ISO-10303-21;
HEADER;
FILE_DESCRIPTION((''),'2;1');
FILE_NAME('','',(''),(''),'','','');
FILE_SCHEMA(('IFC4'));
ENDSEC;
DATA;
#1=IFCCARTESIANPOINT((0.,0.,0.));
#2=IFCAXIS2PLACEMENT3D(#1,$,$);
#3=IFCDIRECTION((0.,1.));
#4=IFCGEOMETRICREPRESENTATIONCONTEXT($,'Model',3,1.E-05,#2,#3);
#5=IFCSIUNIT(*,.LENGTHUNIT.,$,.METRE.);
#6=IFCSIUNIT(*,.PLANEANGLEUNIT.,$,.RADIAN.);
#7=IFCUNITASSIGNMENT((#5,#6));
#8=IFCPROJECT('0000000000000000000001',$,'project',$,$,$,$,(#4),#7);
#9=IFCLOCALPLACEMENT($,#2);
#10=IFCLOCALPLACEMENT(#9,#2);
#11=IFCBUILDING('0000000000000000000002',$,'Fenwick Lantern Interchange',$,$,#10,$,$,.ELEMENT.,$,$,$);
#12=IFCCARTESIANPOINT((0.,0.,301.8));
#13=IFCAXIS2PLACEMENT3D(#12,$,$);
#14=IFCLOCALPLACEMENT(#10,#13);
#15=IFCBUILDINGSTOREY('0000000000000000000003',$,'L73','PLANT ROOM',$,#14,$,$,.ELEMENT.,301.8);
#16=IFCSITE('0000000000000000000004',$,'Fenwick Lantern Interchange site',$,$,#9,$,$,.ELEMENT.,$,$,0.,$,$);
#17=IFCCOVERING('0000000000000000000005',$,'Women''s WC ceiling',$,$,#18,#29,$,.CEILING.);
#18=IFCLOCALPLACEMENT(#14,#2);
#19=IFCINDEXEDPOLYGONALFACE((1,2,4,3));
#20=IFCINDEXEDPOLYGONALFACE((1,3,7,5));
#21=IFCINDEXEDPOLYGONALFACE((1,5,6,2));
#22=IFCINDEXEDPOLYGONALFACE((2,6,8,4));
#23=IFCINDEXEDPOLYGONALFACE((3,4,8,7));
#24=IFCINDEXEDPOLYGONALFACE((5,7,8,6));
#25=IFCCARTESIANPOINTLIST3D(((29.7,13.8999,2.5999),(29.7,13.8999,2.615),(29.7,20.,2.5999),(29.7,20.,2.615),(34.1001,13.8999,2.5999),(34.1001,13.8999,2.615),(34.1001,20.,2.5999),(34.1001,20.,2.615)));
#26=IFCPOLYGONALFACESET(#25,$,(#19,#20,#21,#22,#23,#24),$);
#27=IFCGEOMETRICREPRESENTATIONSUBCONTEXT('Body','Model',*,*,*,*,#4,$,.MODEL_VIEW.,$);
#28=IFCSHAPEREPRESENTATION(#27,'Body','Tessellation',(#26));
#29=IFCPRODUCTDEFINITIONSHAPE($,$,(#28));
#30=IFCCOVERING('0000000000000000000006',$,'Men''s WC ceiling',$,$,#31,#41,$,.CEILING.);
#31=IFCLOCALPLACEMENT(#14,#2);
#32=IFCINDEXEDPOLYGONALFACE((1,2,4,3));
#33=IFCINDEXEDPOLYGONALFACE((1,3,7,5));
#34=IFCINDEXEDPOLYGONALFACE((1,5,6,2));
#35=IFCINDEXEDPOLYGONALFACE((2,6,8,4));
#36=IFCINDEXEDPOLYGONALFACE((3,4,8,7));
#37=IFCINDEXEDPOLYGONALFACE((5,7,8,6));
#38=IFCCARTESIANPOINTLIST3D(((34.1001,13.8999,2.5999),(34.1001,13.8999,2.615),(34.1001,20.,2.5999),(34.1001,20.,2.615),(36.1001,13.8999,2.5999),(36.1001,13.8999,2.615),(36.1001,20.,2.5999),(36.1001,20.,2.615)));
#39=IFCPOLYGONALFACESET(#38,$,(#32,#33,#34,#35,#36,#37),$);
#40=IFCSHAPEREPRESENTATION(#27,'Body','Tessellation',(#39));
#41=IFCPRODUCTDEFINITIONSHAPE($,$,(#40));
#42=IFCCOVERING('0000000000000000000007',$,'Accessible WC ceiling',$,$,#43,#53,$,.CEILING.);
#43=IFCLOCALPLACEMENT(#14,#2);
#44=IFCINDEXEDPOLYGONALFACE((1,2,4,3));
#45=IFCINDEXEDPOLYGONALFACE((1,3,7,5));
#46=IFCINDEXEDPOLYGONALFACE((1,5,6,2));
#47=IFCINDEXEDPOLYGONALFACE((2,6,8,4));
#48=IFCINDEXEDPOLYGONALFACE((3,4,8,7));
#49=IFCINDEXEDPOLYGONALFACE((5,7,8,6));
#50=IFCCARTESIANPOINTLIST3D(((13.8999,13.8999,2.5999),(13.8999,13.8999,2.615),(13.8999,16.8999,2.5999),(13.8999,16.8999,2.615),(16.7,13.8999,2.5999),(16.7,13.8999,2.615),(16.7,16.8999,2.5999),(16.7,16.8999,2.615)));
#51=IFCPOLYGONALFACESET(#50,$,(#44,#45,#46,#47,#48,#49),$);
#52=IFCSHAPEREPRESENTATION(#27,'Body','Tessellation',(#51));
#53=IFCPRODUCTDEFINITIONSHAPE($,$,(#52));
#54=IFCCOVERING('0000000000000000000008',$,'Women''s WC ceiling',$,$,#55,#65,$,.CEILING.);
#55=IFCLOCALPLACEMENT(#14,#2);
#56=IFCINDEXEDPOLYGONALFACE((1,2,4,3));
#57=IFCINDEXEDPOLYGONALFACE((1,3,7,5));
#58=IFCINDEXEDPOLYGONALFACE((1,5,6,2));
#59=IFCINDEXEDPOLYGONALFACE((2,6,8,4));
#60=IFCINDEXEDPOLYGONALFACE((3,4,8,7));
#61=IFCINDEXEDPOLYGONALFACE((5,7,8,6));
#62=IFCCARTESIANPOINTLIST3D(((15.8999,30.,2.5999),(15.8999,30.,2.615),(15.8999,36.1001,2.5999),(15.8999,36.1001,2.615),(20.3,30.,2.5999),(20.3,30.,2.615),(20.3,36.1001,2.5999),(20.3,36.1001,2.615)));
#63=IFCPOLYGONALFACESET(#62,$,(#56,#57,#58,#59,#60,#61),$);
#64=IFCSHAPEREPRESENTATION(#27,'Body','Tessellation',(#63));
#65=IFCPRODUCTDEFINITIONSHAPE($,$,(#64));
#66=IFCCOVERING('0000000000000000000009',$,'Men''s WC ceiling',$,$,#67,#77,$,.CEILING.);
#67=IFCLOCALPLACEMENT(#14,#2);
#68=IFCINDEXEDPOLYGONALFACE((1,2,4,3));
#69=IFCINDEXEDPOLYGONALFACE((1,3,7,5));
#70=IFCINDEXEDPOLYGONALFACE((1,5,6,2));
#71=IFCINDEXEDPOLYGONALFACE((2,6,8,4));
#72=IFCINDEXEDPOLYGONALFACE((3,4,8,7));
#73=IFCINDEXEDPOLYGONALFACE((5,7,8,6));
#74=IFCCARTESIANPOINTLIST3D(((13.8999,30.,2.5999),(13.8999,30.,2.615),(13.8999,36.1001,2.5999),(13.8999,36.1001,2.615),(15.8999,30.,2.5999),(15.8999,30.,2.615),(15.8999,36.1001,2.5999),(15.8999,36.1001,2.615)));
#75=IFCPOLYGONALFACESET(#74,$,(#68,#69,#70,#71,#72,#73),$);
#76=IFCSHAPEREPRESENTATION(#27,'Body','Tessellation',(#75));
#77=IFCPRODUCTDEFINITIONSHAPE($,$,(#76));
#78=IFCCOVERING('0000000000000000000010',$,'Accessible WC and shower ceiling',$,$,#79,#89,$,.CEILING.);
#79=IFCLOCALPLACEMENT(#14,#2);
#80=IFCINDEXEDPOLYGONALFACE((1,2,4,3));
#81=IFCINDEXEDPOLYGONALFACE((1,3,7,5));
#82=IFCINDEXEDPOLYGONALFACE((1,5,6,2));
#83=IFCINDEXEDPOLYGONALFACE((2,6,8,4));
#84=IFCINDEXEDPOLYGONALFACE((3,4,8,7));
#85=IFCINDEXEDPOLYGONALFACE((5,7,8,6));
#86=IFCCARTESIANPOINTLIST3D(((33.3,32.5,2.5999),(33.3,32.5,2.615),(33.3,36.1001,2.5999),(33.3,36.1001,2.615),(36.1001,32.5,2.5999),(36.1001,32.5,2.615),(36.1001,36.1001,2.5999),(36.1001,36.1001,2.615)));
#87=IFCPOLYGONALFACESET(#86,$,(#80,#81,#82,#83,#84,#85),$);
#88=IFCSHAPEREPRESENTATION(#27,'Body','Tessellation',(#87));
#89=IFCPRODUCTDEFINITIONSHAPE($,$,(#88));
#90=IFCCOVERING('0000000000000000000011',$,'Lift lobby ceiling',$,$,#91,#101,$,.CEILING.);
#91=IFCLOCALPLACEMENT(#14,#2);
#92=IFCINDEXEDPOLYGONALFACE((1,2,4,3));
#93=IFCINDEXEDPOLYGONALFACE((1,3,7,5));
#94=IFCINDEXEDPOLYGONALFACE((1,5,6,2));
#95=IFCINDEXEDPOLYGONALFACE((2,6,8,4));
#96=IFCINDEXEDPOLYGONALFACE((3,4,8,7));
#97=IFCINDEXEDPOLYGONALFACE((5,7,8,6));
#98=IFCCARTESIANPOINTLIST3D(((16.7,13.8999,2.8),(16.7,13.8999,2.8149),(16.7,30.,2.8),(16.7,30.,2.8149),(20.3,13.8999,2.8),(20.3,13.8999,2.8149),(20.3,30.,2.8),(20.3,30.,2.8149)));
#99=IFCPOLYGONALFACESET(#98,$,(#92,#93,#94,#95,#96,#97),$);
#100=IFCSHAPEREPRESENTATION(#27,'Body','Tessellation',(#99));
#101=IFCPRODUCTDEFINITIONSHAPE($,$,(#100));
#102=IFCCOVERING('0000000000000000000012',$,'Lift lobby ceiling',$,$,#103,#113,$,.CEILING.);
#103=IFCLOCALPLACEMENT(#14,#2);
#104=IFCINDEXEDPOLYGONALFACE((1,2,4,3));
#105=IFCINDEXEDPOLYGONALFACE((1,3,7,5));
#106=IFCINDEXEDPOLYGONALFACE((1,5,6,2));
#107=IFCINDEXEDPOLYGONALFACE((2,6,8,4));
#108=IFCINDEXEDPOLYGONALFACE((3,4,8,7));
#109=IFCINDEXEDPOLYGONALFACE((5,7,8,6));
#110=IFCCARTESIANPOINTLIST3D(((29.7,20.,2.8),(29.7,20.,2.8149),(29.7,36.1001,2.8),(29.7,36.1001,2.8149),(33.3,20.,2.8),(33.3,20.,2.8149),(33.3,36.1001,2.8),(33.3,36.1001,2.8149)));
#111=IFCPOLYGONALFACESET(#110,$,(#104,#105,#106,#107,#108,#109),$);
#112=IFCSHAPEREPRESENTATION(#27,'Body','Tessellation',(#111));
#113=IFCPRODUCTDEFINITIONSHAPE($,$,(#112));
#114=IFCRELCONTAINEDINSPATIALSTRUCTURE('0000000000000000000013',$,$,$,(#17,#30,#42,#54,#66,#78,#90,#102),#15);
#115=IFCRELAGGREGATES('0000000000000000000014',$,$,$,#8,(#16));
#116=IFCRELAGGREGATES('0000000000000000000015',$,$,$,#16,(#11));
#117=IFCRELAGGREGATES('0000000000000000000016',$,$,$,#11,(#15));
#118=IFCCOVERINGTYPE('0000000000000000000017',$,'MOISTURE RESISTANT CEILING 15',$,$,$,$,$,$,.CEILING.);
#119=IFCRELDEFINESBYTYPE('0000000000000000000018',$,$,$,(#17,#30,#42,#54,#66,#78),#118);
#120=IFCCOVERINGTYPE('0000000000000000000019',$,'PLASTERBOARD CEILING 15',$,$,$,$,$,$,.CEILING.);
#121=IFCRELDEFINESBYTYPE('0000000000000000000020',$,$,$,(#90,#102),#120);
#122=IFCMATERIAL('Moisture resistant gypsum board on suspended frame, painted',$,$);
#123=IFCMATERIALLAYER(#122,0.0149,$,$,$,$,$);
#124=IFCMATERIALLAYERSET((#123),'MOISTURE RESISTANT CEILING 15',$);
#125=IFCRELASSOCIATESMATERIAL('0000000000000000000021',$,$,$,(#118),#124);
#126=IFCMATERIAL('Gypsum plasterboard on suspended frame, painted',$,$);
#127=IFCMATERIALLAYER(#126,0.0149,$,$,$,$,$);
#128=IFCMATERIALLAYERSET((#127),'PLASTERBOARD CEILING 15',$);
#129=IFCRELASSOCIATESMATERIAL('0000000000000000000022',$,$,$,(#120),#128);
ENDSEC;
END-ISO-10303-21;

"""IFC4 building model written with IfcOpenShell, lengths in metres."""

from ifc_helpers import new_model, si_unit, direction, frame, origin, place, context, subcontext, project, spatial, polyline, outline, extrude, material, layer, layer_set, type_object, element, save


model = new_model("IFC4")

# Units and contexts
model_context = context("Model", 3, precision=1e-05, world=origin(), true_north=direction((0.0, 1.0)))
body_context = subcontext(model_context, "Body", "Model", "MODEL_VIEW")
ifc_project = project(units=[si_unit("LENGTHUNIT", "METRE"), si_unit("PLANEANGLEUNIT", "RADIAN")], contexts=[model_context])

# Site, building, storey
site_placement = place(None, origin())
site = spatial("IfcSite", under=ifc_project, at=site_placement, Name="Fenwick Lantern Interchange site", CompositionType="ELEMENT", RefElevation=0.0)
building_placement = place(site_placement, origin())
building = spatial("IfcBuilding", under=site, at=building_placement, Name="Fenwick Lantern Interchange", CompositionType="ELEMENT")
storey_placement = place(building_placement, frame((0.0, 0.0, 301.8)))
storey = spatial("IfcBuildingStorey", under=building, at=storey_placement, Name="L73", Description="PLANT ROOM", CompositionType="ELEMENT", Elevation=301.8)

# Coverings
ifc_material_1 = material(Name="Moisture resistant gypsum board on suspended frame, painted")
ifc_layer_1 = layer(ifc_material_1, 0.0149)
ifc_layer_set_1 = layer_set([ifc_layer_1], Name="MOISTURE RESISTANT CEILING 15")
covering_type_1 = type_object("IfcCoveringType", Name="MOISTURE RESISTANT CEILING 15", PredefinedType="CEILING", material=ifc_layer_set_1)
covering_1_placement = place(storey_placement, frame((0.0, 0.0, 2.5999)))
element("IfcCovering", 1, at=covering_1_placement, inside=storey, type_object=covering_type_1, Name="Women's WC ceiling", PredefinedType="CEILING", context=body_context, shape_type="SweptSolid", body=[
    extrude(outline(polyline([(29.7, 13.8999), (34.1001, 13.8999), (34.1001, 20.0), (29.7, 20.0), (29.7, 13.8999)])), origin(), (0.0, 0.0, 1.0), 0.0151),
])
covering_2_placement = place(storey_placement, frame((0.0, 0.0, 2.5999)))
element("IfcCovering", 2, at=covering_2_placement, inside=storey, type_object=covering_type_1, Name="Men's WC ceiling", PredefinedType="CEILING", context=body_context, shape_type="SweptSolid", body=[
    extrude(outline(polyline([(34.1001, 13.8999), (36.1001, 13.8999), (36.1001, 20.0), (34.1001, 20.0), (34.1001, 13.8999)])), origin(), (0.0, 0.0, 1.0), 0.0151),
])
covering_3_placement = place(storey_placement, frame((0.0, 0.0, 2.5999)))
element("IfcCovering", 3, at=covering_3_placement, inside=storey, type_object=covering_type_1, Name="Accessible WC ceiling", PredefinedType="CEILING", context=body_context, shape_type="SweptSolid", body=[
    extrude(outline(polyline([(13.8999, 13.8999), (16.7, 13.8999), (16.7, 16.8999), (13.8999, 16.8999), (13.8999, 13.8999)])), origin(), (0.0, 0.0, 1.0), 0.0151),
])
covering_4_placement = place(storey_placement, frame((0.0, 0.0, 2.5999)))
element("IfcCovering", 4, at=covering_4_placement, inside=storey, type_object=covering_type_1, Name="Women's WC ceiling", PredefinedType="CEILING", context=body_context, shape_type="SweptSolid", body=[
    extrude(outline(polyline([(20.3, 36.1001), (15.8999, 36.1001), (15.8999, 30.0), (20.3, 30.0), (20.3, 36.1001)])), origin(), (0.0, 0.0, 1.0), 0.0151),
])
covering_5_placement = place(storey_placement, frame((0.0, 0.0, 2.5999)))
element("IfcCovering", 5, at=covering_5_placement, inside=storey, type_object=covering_type_1, Name="Men's WC ceiling", PredefinedType="CEILING", context=body_context, shape_type="SweptSolid", body=[
    extrude(outline(polyline([(15.8999, 36.1001), (13.8999, 36.1001), (13.8999, 30.0), (15.8999, 30.0), (15.8999, 36.1001)])), origin(), (0.0, 0.0, 1.0), 0.0151),
])
covering_6_placement = place(storey_placement, frame((0.0, 0.0, 2.5999)))
element("IfcCovering", 6, at=covering_6_placement, inside=storey, type_object=covering_type_1, Name="Accessible WC and shower ceiling", PredefinedType="CEILING", context=body_context, shape_type="SweptSolid", body=[
    extrude(outline(polyline([(36.1001, 36.1001), (33.3, 36.1001), (33.3, 32.5), (36.1001, 32.5), (36.1001, 36.1001)])), origin(), (0.0, 0.0, 1.0), 0.0151),
])
ifc_material_2 = material(Name="Gypsum plasterboard on suspended frame, painted")
ifc_layer_2 = layer(ifc_material_2, 0.0149)
ifc_layer_set_2 = layer_set([ifc_layer_2], Name="PLASTERBOARD CEILING 15")
covering_type_2 = type_object("IfcCoveringType", Name="PLASTERBOARD CEILING 15", PredefinedType="CEILING", material=ifc_layer_set_2)
covering_7_placement = place(storey_placement, frame((0.0, 0.0, 2.8)))
element("IfcCovering", 7, at=covering_7_placement, inside=storey, type_object=covering_type_2, Name="Lift lobby ceiling", PredefinedType="CEILING", context=body_context, shape_type="SweptSolid", body=[
    extrude(outline(polyline([(16.7, 13.8999), (20.3, 13.8999), (20.3, 30.0), (16.7, 30.0), (16.7, 13.8999)])), origin(), (0.0, 0.0, 1.0), 0.0149),
])
covering_8_placement = place(storey_placement, frame((0.0, 0.0, 2.8)))
element("IfcCovering", 8, at=covering_8_placement, inside=storey, type_object=covering_type_2, Name="Lift lobby ceiling", PredefinedType="CEILING", context=body_context, shape_type="SweptSolid", body=[
    extrude(outline(polyline([(33.3, 36.1001), (29.7, 36.1001), (29.7, 20.0), (33.3, 20.0), (33.3, 36.1001)])), origin(), (0.0, 0.0, 1.0), 0.0149),
])

save(model, "model.ifc")
